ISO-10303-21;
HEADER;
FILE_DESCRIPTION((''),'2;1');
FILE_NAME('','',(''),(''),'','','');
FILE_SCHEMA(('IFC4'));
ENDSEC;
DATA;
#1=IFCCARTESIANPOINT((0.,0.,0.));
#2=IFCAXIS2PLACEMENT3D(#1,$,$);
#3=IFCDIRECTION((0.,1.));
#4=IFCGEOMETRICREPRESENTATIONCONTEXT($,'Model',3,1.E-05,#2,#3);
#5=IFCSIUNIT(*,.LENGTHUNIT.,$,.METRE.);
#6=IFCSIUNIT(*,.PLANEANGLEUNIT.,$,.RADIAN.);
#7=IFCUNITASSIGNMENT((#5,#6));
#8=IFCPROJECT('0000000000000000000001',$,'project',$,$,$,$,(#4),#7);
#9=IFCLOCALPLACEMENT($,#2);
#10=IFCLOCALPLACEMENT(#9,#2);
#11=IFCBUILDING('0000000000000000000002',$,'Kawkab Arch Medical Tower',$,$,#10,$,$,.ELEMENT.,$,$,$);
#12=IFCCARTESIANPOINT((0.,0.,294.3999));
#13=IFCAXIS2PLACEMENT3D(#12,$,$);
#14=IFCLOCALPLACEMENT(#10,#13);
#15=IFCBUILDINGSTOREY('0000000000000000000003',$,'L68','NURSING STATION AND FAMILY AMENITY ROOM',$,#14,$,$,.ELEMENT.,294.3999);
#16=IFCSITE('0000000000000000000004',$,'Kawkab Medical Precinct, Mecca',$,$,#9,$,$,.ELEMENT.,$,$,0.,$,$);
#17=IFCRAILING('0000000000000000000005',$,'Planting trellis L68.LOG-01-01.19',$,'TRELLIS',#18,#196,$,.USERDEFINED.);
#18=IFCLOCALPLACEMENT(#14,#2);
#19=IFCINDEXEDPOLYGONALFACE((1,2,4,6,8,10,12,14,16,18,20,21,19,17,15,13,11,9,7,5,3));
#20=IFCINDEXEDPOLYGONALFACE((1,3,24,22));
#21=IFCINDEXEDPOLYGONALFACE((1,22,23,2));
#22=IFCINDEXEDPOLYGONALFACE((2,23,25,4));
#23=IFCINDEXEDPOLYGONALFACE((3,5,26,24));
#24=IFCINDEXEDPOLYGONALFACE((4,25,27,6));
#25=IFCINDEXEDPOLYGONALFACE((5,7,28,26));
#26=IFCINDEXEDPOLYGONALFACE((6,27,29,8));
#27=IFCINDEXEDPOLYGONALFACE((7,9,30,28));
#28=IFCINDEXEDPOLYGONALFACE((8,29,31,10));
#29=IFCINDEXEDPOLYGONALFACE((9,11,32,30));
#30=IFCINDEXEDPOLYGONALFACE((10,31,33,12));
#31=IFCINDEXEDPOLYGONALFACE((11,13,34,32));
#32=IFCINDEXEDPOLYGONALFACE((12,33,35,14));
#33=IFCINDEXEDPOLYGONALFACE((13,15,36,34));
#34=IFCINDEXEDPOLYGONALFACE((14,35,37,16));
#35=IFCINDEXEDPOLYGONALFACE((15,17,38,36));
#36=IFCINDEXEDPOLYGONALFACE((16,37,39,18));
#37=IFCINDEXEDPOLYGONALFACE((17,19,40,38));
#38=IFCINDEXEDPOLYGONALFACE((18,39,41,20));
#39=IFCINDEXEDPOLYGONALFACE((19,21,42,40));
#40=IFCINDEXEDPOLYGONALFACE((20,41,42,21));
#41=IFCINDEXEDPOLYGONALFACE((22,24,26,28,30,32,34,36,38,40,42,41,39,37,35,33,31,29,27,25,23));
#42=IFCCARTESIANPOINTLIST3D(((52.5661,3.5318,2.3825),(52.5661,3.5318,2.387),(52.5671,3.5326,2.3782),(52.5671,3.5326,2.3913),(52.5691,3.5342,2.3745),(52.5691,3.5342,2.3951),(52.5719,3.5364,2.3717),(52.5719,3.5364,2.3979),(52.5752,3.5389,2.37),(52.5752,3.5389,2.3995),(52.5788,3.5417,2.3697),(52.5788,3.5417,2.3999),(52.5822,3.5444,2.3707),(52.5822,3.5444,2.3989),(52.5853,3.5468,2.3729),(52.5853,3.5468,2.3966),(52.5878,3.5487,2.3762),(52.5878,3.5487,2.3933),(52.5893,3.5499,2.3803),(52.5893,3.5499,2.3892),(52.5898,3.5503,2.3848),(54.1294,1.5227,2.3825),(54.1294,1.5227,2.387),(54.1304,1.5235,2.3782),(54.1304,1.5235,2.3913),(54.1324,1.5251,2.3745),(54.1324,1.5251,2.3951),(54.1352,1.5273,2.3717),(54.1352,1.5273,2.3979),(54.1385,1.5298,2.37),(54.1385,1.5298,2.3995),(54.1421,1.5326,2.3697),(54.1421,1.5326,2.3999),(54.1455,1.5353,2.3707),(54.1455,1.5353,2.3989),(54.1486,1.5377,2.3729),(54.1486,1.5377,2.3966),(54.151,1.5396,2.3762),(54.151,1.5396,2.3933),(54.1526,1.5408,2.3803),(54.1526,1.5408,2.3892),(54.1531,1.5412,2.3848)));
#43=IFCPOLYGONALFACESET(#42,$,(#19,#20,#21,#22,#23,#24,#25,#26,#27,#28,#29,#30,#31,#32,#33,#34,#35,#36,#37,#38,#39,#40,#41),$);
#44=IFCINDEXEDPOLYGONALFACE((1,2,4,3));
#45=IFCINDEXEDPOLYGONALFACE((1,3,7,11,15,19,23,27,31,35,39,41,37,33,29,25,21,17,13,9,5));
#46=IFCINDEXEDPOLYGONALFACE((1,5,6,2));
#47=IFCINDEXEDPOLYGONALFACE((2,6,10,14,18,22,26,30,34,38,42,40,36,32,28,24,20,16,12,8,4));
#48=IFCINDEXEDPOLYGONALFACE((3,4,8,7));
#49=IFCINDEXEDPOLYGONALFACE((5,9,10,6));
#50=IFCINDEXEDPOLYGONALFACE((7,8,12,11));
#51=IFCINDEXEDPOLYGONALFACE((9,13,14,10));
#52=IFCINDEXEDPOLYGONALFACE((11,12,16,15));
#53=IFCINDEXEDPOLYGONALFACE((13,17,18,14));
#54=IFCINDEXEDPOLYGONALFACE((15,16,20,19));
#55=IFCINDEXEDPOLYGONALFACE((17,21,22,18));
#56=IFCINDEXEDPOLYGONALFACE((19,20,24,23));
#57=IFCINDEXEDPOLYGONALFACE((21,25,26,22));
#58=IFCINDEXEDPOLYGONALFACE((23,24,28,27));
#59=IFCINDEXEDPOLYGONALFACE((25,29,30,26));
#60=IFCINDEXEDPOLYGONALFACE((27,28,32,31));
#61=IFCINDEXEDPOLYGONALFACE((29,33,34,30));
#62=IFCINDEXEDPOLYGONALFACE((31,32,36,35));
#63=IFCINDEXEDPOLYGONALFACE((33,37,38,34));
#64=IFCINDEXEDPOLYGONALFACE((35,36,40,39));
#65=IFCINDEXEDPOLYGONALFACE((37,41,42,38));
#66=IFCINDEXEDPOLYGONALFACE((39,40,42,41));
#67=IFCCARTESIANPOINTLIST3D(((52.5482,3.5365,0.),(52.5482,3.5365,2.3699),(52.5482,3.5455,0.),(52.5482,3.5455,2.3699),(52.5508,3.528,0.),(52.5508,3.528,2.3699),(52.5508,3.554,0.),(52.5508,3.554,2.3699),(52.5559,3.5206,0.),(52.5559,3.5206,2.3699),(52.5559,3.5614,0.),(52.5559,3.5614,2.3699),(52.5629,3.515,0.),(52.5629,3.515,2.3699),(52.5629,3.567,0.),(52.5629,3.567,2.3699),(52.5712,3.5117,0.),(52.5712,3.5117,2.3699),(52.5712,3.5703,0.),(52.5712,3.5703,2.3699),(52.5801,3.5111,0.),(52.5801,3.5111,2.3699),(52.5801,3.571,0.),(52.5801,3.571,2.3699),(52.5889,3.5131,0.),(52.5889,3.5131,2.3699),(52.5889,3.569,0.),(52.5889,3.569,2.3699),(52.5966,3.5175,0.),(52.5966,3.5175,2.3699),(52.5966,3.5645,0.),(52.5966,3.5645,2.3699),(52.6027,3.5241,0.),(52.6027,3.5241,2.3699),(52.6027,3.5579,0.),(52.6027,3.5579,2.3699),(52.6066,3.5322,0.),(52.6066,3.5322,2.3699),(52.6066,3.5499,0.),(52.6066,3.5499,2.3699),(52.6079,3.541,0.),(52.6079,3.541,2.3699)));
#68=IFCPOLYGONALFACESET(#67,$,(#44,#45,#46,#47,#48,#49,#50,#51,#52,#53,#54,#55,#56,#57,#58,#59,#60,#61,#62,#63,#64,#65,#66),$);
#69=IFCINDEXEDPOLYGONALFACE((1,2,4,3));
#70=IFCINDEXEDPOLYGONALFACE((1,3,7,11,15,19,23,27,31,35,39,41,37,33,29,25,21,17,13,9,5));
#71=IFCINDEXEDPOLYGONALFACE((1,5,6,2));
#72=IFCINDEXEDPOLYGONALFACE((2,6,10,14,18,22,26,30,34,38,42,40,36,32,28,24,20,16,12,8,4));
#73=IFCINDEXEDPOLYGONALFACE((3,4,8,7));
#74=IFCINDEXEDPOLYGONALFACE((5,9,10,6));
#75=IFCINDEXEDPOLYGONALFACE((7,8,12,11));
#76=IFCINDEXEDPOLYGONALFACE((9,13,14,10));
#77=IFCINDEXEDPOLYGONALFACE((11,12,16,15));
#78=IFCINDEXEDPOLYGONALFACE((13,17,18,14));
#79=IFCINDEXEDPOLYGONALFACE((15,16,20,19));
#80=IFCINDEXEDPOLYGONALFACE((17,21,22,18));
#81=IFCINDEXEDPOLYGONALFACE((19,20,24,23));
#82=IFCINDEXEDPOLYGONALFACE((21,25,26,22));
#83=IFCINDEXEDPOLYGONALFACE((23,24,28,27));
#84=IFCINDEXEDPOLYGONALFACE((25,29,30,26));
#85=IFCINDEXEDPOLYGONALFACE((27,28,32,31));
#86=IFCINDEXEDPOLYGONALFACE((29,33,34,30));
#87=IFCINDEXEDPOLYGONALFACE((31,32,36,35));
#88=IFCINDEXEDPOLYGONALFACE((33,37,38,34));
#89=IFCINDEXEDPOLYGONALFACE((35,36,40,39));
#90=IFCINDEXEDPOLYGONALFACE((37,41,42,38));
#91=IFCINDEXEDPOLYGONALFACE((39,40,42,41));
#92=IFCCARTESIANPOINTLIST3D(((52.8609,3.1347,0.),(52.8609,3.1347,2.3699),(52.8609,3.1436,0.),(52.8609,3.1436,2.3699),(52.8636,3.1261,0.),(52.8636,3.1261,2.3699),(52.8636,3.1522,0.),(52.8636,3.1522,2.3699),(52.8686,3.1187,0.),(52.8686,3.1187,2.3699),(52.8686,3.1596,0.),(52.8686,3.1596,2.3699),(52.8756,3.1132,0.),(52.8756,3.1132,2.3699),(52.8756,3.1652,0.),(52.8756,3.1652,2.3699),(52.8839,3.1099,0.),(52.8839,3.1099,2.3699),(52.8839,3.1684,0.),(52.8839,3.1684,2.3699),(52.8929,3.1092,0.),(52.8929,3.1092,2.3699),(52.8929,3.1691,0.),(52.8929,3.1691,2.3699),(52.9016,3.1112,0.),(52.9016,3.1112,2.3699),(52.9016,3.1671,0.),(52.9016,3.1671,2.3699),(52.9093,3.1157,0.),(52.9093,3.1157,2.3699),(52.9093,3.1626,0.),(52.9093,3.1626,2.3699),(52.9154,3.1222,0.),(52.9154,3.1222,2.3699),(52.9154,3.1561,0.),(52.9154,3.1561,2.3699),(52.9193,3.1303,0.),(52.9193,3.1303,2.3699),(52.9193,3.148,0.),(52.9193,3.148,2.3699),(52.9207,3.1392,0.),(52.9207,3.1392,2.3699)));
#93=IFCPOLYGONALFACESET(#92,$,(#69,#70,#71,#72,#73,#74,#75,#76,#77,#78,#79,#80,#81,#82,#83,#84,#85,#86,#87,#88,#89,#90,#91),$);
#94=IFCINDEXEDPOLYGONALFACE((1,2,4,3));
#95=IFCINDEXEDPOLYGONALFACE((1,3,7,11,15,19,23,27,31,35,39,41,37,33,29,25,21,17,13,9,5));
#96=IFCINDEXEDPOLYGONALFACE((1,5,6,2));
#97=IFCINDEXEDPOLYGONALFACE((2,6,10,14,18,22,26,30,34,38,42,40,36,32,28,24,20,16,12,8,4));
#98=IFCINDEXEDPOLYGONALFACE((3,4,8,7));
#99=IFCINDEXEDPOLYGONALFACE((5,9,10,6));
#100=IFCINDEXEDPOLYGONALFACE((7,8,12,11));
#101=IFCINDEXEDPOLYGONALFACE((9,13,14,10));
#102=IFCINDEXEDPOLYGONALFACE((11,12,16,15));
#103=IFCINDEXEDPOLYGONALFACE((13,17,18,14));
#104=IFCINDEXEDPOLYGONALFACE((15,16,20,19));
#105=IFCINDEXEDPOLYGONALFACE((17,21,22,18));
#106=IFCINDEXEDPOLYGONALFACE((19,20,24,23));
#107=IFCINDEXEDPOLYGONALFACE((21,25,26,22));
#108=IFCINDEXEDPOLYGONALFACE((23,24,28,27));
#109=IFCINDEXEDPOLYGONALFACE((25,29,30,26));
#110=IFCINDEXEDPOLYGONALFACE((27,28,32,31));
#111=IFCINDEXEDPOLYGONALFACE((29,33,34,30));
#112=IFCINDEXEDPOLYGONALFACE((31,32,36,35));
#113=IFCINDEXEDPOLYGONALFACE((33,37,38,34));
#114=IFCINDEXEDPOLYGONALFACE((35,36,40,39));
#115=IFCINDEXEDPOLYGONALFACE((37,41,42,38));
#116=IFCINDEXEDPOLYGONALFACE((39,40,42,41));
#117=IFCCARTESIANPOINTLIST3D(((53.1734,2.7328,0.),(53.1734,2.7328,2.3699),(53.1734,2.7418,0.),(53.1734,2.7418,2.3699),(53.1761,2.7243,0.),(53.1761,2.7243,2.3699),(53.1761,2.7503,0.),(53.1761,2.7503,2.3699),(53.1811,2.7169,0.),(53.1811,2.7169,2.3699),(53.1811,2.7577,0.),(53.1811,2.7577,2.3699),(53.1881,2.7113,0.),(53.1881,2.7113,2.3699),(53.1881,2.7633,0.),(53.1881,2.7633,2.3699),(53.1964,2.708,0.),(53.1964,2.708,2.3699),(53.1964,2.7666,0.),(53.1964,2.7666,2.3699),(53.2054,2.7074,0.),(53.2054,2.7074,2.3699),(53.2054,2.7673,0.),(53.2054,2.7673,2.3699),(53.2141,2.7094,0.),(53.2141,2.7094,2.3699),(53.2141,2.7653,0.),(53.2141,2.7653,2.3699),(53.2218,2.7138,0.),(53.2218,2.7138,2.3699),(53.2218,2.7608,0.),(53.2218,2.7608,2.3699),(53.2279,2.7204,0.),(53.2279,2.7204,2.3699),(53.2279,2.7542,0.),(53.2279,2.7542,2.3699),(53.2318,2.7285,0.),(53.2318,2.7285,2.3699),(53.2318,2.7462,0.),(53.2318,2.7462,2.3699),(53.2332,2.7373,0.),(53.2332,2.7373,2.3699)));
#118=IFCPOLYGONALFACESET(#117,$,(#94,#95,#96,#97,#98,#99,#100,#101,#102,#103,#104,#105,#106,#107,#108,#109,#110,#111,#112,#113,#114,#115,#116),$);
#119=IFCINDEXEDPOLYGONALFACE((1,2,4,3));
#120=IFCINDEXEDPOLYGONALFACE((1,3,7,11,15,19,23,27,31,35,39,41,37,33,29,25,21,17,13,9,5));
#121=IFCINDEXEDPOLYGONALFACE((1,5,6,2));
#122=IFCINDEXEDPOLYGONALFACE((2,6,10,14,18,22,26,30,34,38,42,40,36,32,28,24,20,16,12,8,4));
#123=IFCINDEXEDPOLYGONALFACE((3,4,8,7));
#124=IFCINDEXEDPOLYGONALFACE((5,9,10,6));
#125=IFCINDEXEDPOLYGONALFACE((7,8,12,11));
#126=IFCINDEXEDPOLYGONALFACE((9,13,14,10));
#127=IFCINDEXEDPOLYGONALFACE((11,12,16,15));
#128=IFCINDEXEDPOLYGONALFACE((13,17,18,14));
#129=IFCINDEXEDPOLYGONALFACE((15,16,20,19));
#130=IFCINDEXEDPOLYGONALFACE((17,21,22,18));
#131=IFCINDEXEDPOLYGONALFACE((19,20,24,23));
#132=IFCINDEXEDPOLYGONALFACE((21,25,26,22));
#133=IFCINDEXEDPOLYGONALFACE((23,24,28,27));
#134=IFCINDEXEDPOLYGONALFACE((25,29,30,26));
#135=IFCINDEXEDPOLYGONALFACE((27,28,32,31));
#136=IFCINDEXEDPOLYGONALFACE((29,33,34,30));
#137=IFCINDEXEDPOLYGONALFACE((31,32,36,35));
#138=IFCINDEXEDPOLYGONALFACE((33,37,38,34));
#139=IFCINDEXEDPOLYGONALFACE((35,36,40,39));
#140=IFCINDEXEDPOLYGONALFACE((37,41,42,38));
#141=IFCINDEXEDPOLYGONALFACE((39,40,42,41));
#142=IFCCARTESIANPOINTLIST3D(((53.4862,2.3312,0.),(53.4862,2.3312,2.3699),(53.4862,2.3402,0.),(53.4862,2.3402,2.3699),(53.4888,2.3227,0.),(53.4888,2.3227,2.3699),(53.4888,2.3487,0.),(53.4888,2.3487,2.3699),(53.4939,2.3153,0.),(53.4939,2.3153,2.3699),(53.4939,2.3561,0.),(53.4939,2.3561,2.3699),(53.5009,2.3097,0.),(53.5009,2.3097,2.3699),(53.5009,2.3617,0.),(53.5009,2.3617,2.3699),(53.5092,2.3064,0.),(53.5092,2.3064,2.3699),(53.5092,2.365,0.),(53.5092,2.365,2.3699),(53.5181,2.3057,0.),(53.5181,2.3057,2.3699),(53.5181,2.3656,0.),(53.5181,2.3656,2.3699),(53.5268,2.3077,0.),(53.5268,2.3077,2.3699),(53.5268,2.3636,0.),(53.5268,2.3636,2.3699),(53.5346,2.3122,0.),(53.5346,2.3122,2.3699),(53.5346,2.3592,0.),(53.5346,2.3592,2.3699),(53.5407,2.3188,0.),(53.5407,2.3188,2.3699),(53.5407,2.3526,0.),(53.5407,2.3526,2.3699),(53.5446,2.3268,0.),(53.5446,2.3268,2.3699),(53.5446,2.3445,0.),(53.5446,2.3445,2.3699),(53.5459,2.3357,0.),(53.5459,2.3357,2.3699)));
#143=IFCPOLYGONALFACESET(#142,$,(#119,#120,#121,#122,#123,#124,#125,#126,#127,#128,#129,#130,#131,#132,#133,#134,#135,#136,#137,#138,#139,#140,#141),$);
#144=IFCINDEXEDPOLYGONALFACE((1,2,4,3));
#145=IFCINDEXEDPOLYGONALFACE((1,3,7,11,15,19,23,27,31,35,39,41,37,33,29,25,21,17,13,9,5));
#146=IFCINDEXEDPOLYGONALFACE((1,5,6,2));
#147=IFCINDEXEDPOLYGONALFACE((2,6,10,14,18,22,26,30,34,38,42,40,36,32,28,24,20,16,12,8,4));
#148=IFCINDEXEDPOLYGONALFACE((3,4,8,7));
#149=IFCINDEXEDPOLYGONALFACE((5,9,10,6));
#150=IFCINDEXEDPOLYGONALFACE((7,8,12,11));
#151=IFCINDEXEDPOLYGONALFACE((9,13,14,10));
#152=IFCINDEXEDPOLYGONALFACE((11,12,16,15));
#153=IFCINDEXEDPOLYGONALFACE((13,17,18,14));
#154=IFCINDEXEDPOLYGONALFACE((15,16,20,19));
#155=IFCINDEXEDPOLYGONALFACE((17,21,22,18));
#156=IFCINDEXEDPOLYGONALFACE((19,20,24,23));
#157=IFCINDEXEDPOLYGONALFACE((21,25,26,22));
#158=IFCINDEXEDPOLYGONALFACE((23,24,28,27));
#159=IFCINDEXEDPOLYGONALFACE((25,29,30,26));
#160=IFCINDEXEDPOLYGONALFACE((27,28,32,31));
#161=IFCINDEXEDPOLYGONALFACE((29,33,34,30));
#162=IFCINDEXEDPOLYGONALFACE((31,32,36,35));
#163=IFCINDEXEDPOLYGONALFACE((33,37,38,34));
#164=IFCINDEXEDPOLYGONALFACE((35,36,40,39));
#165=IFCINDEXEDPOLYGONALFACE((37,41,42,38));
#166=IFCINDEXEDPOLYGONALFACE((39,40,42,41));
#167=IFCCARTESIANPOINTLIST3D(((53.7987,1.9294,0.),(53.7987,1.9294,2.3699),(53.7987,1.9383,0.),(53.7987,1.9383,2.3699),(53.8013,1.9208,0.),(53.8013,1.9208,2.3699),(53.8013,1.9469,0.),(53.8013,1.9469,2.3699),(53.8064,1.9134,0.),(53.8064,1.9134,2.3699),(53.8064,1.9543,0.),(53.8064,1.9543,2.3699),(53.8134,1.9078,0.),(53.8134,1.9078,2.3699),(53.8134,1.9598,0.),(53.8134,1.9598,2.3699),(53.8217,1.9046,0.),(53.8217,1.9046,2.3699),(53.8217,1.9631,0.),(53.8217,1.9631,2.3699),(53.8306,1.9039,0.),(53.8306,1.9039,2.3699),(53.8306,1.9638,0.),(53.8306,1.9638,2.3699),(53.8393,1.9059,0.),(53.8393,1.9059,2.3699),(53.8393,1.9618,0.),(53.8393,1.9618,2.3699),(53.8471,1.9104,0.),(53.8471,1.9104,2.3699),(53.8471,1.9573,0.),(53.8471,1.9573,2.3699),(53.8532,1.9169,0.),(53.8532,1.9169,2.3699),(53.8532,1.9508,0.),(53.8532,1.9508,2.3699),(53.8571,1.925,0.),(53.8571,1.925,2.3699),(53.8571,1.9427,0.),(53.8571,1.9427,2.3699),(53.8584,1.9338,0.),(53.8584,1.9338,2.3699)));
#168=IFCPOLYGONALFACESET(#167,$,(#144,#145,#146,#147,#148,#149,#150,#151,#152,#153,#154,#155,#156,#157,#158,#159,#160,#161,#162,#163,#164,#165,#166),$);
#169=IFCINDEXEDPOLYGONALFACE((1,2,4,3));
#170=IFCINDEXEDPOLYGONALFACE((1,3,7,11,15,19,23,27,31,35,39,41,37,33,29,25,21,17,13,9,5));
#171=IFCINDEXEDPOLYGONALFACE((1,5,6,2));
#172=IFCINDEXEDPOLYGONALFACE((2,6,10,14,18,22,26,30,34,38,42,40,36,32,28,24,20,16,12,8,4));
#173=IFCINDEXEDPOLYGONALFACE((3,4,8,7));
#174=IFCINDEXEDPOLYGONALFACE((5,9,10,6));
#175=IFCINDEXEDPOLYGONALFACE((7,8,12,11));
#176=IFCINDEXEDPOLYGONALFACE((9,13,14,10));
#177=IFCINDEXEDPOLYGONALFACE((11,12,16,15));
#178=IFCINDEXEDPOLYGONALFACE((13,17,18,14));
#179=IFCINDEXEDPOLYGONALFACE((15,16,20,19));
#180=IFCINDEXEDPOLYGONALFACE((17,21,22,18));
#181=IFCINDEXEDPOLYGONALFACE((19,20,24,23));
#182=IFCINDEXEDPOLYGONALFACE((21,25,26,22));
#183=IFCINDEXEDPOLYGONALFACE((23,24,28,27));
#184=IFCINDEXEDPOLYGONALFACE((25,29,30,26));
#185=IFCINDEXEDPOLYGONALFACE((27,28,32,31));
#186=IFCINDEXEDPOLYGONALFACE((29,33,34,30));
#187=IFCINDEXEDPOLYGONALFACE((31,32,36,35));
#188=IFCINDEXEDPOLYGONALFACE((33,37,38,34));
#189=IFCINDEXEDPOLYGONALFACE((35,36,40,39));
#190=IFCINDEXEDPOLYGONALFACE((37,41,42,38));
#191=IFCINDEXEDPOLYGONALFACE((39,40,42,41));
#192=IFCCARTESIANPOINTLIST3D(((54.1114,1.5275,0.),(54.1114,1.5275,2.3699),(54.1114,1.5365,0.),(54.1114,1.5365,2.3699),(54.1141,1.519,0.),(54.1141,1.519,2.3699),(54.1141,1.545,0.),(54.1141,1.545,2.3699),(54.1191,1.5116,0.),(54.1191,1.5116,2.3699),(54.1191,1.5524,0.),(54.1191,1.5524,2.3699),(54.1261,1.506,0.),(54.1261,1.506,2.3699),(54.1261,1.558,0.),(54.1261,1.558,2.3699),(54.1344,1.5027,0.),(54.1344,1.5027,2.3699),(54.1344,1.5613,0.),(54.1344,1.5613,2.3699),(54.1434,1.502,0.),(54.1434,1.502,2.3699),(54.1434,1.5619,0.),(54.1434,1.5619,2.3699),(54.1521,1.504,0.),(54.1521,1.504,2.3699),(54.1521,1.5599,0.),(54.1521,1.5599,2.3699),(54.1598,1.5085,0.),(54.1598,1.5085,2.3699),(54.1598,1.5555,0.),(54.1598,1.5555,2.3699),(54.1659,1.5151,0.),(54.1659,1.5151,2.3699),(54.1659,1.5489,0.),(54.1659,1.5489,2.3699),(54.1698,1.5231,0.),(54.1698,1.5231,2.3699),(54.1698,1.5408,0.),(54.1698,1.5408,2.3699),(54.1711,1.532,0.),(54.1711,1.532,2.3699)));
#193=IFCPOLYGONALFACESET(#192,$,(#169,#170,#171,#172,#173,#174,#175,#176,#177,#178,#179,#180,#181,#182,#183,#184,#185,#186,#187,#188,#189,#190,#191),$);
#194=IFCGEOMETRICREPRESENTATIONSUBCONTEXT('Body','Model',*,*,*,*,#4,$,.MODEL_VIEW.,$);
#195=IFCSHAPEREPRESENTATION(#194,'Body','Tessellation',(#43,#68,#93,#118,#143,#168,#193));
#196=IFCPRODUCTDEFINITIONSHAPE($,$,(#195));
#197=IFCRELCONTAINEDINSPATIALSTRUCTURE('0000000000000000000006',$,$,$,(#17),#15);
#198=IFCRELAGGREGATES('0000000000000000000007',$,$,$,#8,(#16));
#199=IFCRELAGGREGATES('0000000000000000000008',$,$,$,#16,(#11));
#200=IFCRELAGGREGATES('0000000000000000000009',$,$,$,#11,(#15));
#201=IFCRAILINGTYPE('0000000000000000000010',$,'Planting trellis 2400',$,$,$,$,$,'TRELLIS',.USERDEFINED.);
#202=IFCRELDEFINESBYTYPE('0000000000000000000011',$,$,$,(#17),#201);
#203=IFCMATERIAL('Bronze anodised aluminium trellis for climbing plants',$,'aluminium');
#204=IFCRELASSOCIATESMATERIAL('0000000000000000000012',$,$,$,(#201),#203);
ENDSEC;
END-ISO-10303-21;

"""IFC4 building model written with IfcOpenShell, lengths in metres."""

from ifc_helpers import new_model, si_unit, direction, frame, origin, origin_2d, place, context, subcontext, project, spatial, circle, extrude, material, type_object, element, save


model = new_model("IFC4")

# Units and contexts
model_context = context("Model", 3, precision=1e-05, world=origin(), true_north=direction((0.0, 1.0)))
body_context = subcontext(model_context, "Body", "Model", "MODEL_VIEW")
ifc_project = project(units=[si_unit("LENGTHUNIT", "METRE"), si_unit("PLANEANGLEUNIT", "RADIAN")], contexts=[model_context])

# Site, building, storey
site_placement = place(None, origin())
site = spatial("IfcSite", under=ifc_project, at=site_placement, Name="Kawkab Medical Precinct, Mecca", CompositionType="ELEMENT", RefElevation=0.0)
building_placement = place(site_placement, origin())
building = spatial("IfcBuilding", under=site, at=building_placement, Name="Kawkab Arch Medical Tower", CompositionType="ELEMENT")
storey_placement = place(building_placement, frame((0.0, 0.0, 294.3999)))
storey = spatial("IfcBuildingStorey", under=building, at=storey_placement, Name="L68", Description="NURSING STATION AND FAMILY AMENITY ROOM", CompositionType="ELEMENT", Elevation=294.3999)

# Railing
ifc_material_1 = material(Name="Bronze anodised aluminium trellis for climbing plants", Category="aluminium")
railing_type_1 = type_object("IfcRailingType", Name="Planting trellis 2400", ElementType="TRELLIS", PredefinedType="USERDEFINED", material=ifc_material_1)
railing_1_placement = place(storey_placement, frame((52.5779, 3.541, 0.0)))
element("IfcRailing", 1, at=railing_1_placement, inside=storey, type_object=railing_type_1, Name="Planting trellis L68.LOG-01-01.19", ObjectType="TRELLIS", PredefinedType="USERDEFINED", context=body_context, shape_type="SweptSolid", body=[
    extrude(circle(Radius=0.0151, at=origin_2d()), frame((0.0, 0.0, 2.3848), z_axis=(0.6141, -0.789228, 0.0), x_axis=(0.789228, 0.6141, 0.0)), (0.0, 0.0, 1.0), 2.5457),
    extrude(circle(Radius=0.03, at=origin_2d()), origin(), (0.0, 0.0, 1.0), 2.3699),
    extrude(circle(Radius=0.03, at=origin_2d()), frame((0.3127, -0.4019, 0.0)), (0.0, 0.0, 1.0), 2.3699),
    extrude(circle(Radius=0.03, at=origin_2d()), frame((0.6252, -0.8037, 0.0)), (0.0, 0.0, 1.0), 2.3699),
    extrude(circle(Radius=0.03, at=origin_2d()), frame((0.938, -1.2053, 0.0)), (0.0, 0.0, 1.0), 2.3699),
    extrude(circle(Radius=0.03, at=origin_2d()), frame((1.2505, -1.6072, 0.0)), (0.0, 0.0, 1.0), 2.3699),
    extrude(circle(Radius=0.03, at=origin_2d()), frame((1.5632, -2.009, 0.0)), (0.0, 0.0, 1.0), 2.3699),
])

save(model, "model.ifc")
